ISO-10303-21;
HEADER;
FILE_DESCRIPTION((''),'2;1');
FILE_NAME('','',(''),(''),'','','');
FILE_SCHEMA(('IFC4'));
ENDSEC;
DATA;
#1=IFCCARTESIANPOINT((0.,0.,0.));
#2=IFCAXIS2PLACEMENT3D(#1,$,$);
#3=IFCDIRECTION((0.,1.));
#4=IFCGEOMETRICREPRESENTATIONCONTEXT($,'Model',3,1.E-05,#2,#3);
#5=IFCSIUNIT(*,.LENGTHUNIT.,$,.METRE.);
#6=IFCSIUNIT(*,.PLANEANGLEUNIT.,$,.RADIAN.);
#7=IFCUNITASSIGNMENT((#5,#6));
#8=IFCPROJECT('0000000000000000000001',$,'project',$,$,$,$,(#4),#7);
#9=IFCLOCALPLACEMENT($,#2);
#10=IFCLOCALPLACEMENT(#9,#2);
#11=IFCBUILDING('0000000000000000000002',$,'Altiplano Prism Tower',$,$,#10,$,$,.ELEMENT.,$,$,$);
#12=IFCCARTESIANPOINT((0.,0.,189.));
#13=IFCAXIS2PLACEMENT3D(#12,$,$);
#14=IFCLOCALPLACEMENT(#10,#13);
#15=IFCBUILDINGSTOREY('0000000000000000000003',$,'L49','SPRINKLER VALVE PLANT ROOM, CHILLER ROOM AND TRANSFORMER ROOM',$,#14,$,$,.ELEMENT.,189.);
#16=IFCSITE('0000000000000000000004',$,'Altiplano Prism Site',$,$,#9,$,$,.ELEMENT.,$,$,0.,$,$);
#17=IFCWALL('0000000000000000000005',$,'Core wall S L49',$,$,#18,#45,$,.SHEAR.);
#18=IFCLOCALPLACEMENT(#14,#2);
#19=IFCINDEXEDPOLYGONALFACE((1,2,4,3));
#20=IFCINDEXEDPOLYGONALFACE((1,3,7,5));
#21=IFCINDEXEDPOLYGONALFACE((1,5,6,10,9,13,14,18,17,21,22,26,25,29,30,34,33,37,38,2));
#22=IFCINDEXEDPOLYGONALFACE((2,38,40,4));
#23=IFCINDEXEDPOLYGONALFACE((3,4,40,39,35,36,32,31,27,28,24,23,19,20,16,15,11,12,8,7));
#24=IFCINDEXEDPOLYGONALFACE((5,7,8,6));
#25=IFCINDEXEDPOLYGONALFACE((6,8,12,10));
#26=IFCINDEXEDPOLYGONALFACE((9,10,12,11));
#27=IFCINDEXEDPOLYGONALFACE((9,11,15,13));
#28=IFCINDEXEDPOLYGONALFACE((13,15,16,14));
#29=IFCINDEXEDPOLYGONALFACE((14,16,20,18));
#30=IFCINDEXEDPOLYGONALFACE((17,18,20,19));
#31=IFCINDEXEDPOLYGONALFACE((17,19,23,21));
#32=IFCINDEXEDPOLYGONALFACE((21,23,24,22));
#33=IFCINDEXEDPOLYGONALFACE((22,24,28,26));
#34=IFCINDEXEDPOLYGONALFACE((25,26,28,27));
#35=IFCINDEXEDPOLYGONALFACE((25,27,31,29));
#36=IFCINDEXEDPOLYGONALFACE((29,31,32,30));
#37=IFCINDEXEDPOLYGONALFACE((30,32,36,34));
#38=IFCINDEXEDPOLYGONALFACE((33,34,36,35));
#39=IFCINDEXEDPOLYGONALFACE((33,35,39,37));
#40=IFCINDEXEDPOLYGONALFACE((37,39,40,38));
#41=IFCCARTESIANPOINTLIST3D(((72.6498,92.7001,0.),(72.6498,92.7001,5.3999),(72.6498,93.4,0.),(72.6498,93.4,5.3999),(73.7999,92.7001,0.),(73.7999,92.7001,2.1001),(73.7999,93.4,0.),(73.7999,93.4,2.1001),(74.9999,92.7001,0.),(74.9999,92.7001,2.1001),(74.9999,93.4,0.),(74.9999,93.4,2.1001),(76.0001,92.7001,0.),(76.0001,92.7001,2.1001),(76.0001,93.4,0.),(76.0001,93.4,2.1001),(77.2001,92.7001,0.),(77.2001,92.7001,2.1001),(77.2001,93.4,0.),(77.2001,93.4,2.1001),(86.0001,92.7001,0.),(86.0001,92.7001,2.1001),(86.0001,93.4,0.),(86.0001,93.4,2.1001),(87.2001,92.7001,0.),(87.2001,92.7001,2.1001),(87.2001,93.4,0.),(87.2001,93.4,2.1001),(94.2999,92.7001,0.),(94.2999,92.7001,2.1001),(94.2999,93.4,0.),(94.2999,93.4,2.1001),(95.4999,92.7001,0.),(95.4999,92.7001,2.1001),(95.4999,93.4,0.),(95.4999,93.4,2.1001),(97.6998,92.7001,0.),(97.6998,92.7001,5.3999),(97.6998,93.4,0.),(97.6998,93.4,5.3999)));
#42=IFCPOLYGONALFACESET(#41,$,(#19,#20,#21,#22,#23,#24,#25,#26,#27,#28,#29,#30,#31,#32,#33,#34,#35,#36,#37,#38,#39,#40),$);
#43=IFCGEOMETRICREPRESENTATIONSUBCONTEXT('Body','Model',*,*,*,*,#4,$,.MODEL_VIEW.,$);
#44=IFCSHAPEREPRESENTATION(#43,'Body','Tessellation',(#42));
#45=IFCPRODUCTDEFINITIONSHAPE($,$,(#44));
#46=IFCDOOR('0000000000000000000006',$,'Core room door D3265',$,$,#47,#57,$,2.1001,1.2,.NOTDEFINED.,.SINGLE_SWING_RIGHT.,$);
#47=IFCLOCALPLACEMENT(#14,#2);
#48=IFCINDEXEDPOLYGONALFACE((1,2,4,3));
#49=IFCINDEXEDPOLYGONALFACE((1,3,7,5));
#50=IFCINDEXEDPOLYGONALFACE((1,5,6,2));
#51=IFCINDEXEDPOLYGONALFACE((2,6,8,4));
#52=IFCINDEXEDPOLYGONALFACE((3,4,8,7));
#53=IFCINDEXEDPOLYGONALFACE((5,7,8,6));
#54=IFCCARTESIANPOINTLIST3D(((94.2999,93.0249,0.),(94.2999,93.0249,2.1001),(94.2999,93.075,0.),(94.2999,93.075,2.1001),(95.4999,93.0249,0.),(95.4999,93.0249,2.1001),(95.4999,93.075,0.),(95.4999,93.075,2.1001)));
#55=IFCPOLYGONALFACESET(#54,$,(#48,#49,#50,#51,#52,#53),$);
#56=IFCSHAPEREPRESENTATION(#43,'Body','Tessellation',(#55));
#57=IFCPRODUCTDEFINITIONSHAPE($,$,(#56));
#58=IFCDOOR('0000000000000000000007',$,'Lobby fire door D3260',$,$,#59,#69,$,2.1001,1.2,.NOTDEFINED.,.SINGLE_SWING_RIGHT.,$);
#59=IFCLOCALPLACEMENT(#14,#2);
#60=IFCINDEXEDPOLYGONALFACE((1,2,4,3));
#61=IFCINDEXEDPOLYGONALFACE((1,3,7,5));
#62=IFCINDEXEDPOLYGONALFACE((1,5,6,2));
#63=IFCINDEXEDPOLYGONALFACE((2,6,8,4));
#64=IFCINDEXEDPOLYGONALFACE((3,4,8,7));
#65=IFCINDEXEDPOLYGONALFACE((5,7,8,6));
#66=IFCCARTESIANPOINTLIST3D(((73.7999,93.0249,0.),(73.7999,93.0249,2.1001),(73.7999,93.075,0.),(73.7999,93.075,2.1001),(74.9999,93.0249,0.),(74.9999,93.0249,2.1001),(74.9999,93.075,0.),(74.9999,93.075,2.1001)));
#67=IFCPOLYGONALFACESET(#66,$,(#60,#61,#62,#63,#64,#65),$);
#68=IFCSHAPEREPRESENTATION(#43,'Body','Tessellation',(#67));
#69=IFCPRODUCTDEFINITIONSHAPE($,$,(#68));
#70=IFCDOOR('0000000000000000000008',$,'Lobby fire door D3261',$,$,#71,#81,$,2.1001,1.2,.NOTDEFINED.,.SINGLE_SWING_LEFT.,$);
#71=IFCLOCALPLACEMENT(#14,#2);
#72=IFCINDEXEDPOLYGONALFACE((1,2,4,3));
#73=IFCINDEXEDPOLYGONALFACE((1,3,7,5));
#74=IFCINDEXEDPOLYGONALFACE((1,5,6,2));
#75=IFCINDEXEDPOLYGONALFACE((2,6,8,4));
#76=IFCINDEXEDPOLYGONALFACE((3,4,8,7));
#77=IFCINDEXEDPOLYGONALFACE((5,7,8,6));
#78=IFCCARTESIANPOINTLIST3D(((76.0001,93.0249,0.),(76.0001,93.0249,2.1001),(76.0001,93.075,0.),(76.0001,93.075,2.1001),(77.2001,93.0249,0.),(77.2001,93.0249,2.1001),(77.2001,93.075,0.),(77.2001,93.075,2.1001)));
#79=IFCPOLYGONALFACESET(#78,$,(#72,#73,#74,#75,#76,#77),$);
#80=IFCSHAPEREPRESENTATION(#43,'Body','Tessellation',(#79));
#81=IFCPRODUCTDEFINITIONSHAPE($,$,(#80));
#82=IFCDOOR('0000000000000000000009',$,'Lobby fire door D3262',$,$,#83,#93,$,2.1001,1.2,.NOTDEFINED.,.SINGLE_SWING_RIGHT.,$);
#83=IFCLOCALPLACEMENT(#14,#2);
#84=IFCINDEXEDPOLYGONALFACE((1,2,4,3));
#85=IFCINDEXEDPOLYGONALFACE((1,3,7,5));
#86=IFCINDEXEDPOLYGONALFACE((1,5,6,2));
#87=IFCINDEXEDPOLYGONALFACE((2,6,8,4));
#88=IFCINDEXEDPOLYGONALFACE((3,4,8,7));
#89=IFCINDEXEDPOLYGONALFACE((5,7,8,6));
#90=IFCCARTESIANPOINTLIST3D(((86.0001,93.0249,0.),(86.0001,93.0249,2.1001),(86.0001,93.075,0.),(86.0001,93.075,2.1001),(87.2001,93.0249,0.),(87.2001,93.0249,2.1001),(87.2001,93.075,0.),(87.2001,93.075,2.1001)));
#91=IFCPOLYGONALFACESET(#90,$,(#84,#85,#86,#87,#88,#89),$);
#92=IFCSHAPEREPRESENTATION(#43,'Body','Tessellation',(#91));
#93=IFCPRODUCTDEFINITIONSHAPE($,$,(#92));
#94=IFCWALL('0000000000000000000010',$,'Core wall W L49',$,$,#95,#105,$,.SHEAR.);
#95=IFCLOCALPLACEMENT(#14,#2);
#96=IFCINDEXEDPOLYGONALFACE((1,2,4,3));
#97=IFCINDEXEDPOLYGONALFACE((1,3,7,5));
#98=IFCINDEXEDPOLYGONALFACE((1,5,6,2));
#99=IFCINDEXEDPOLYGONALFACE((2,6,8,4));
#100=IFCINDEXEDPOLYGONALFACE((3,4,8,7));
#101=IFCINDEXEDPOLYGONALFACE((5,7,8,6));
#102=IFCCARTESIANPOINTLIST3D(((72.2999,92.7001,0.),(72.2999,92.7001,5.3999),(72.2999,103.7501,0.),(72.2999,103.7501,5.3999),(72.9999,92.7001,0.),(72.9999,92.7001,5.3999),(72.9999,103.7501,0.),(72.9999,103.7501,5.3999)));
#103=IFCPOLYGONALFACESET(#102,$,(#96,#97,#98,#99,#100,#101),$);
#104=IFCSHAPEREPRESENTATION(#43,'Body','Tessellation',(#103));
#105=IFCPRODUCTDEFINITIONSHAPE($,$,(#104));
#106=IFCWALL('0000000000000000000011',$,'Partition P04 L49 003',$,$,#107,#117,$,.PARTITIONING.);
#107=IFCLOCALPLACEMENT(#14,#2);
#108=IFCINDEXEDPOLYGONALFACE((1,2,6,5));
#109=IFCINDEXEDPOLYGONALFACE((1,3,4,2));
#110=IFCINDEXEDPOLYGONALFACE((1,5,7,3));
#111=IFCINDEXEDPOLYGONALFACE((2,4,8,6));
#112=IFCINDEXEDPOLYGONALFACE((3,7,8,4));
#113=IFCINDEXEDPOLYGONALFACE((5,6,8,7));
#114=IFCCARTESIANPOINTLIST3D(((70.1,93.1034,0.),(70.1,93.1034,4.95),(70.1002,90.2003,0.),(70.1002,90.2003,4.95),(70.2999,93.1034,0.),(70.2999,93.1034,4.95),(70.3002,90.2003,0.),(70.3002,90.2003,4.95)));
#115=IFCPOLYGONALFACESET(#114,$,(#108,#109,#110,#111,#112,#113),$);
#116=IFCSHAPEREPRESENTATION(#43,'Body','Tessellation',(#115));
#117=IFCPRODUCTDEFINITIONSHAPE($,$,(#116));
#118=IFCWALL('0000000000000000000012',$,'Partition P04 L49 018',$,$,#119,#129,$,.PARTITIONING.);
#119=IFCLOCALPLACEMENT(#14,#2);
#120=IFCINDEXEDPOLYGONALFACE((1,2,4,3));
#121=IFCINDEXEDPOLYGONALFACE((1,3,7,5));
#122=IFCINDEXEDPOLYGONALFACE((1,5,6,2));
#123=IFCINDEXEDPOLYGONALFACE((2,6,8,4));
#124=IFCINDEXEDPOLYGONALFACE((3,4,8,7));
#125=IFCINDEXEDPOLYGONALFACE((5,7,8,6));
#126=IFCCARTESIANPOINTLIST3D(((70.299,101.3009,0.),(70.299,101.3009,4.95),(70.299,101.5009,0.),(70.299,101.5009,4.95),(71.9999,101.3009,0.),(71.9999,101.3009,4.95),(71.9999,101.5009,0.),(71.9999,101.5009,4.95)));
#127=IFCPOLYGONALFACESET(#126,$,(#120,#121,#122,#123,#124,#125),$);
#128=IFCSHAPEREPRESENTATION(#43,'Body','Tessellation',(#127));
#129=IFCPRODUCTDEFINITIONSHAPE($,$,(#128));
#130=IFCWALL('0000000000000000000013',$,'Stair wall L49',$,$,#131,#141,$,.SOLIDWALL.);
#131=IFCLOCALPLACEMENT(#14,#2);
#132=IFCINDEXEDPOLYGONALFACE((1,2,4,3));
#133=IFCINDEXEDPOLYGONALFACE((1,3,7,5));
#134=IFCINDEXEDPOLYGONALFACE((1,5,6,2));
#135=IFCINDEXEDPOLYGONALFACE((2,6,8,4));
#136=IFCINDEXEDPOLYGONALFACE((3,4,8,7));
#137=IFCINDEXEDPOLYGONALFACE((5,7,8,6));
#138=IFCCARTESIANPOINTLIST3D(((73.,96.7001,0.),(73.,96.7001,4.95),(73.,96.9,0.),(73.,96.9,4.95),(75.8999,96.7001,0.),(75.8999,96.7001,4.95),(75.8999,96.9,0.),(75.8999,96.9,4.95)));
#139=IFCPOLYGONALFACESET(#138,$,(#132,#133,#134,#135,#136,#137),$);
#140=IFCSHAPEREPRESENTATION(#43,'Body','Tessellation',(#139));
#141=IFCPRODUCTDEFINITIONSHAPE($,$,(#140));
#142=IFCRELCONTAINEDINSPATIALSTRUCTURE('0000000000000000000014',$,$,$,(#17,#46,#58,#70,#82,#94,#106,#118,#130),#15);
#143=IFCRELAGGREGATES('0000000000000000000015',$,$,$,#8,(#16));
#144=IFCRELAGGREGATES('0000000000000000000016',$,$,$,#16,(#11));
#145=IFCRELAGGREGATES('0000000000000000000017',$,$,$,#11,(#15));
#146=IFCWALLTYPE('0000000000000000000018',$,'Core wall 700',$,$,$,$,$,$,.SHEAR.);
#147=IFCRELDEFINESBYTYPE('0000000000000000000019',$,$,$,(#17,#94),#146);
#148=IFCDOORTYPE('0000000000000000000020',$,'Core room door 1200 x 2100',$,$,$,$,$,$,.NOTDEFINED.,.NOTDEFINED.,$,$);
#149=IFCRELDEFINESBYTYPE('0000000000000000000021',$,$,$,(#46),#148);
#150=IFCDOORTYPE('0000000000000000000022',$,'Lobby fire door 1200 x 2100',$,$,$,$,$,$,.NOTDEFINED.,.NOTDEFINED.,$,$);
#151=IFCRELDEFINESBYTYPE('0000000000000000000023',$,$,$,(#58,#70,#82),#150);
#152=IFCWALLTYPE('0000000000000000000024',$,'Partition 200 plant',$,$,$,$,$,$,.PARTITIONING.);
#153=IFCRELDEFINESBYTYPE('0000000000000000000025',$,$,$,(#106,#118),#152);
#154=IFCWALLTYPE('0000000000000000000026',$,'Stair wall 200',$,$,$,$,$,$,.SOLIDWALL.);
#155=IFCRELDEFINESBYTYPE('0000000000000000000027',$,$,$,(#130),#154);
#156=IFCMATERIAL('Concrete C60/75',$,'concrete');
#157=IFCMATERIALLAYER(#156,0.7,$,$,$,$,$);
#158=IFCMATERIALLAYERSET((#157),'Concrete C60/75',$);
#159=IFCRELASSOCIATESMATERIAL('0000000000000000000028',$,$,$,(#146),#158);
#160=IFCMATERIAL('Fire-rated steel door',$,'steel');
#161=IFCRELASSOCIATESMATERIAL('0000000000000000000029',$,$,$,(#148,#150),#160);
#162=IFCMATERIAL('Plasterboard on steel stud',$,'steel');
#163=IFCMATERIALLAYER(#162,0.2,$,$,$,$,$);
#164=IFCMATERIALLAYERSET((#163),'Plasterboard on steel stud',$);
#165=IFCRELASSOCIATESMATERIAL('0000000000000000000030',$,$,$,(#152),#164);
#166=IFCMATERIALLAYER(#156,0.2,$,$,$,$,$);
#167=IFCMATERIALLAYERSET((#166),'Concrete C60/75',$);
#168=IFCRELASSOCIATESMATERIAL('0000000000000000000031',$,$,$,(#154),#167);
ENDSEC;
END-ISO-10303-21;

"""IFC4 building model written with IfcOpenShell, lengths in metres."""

from ifc_helpers import new_model, si_unit, direction, frame, frame_2d, origin, place, context, subcontext, project, spatial, rectangle, extrude, material, layer, layer_set, type_object, element, fill, save


model = new_model("IFC4")

# Units and contexts
model_context = context("Model", 3, precision=1e-05, world=origin(), true_north=direction((0.0, 1.0)))
body_context = subcontext(model_context, "Body", "Model", "MODEL_VIEW")
ifc_project = project(units=[si_unit("LENGTHUNIT", "METRE"), si_unit("PLANEANGLEUNIT", "RADIAN")], contexts=[model_context])

# Site, building, storey
site_placement = place(None, origin())
site = spatial("IfcSite", under=ifc_project, at=site_placement, Name="Altiplano Prism Site", CompositionType="ELEMENT", RefElevation=0.0)
building_placement = place(site_placement, origin())
building = spatial("IfcBuilding", under=site, at=building_placement, Name="Altiplano Prism Tower", CompositionType="ELEMENT")
storey_placement = place(building_placement, frame((0.0, 0.0, 189.0)))
storey = spatial("IfcBuildingStorey", under=building, at=storey_placement, Name="L49", Description="SPRINKLER VALVE PLANT ROOM, CHILLER ROOM AND TRANSFORMER ROOM", CompositionType="ELEMENT", Elevation=189.0)

# Shared definitions
ifc_material_1 = material(Name="Concrete C60/75", Category="concrete")

# Wall, openings, doors
ifc_layer_1 = layer(ifc_material_1, 0.7)
ifc_layer_set_1 = layer_set([ifc_layer_1], Name="Concrete C60/75")
wall_type_1 = type_object("IfcWallType", Name="Core wall 700", PredefinedType="SHEAR", material=ifc_layer_set_1)
wall_1_placement = place(storey_placement, frame((72.6499, 93.05, 0.0), z_axis=(0.0, 0.0, 1.0), x_axis=(1.0, 0.0, 0.0)))
wall_1 = element("IfcWall", 1, at=wall_1_placement, inside=storey, type_object=wall_type_1, Name="Core wall S L49", PredefinedType="SHEAR", context=body_context, shape_type="SweptSolid", body=[
    extrude(rectangle(XDim=25.05, YDim=0.7, at=frame_2d((12.5249, 0.0))), origin(), (0.0, 0.0, 1.0), 5.3999),
])
opening_1_placement = place(wall_1_placement, frame((1.1499, 0.0, 0.0)))
opening_1 = element("IfcOpeningElement", 2, at=opening_1_placement, cuts=wall_1, PredefinedType="OPENING", context=body_context, shape_type="SweptSolid", body=[
    extrude(rectangle(XDim=1.2, YDim=2.1001, at=frame_2d((0.6001, 1.05))), frame((0.0, 0.3604, 0.0), z_axis=(0.0, -1.0, 0.0), x_axis=(1.0, 0.0, 0.0)), (0.0, 0.0, 1.0), 0.7209),
])
opening_2_placement = place(wall_1_placement, frame((3.3501, 0.0, 0.0)))
opening_2 = element("IfcOpeningElement", 3, at=opening_2_placement, cuts=wall_1, PredefinedType="OPENING", context=body_context, shape_type="SweptSolid", body=[
    extrude(rectangle(XDim=1.2, YDim=2.1001, at=frame_2d((0.6001, 1.05))), frame((0.0, 0.3604, 0.0), z_axis=(0.0, -1.0, 0.0), x_axis=(1.0, 0.0, 0.0)), (0.0, 0.0, 1.0), 0.7209),
])
opening_3_placement = place(wall_1_placement, frame((13.3501, 0.0, 0.0)))
opening_3 = element("IfcOpeningElement", 4, at=opening_3_placement, cuts=wall_1, PredefinedType="OPENING", context=body_context, shape_type="SweptSolid", body=[
    extrude(rectangle(XDim=1.2, YDim=2.1001, at=frame_2d((0.6001, 1.05))), frame((0.0, 0.3604, 0.0), z_axis=(0.0, -1.0, 0.0), x_axis=(1.0, 0.0, 0.0)), (0.0, 0.0, 1.0), 0.7209),
])
opening_4_placement = place(wall_1_placement, frame((21.6499, 0.0, 0.0)))
opening_4 = element("IfcOpeningElement", 5, at=opening_4_placement, cuts=wall_1, PredefinedType="OPENING", context=body_context, shape_type="SweptSolid", body=[
    extrude(rectangle(XDim=1.2, YDim=2.1001, at=frame_2d((0.6001, 1.05))), frame((0.0, 0.3604, 0.0), z_axis=(0.0, -1.0, 0.0), x_axis=(1.0, 0.0, 0.0)), (0.0, 0.0, 1.0), 0.7209),
])
ifc_material_2 = material(Name="Fire-rated steel door", Category="steel")
door_type_1 = type_object("IfcDoorType", Name="Core room door 1200 x 2100", OperationType="NOTDEFINED", PredefinedType="NOTDEFINED", material=ifc_material_2)
door_1_placement = place(opening_4_placement, origin())
door_1 = element("IfcDoor", 6, at=door_1_placement, inside=storey, type_object=door_type_1, Name="Core room door D3265", OperationType="SINGLE_SWING_RIGHT", OverallHeight=2.1001, OverallWidth=1.2, PredefinedType="NOTDEFINED", context=body_context, shape_type="SweptSolid", body=[
    extrude(rectangle(XDim=1.2, YDim=2.1001, at=frame_2d((0.6001, 1.05))), frame((0.0, 0.0249, 0.0), z_axis=(0.0, -1.0, 0.0), x_axis=(1.0, 0.0, 0.0)), (0.0, 0.0, 1.0), 0.05),
])
fill(opening_4, door_1)
door_type_2 = type_object("IfcDoorType", Name="Lobby fire door 1200 x 2100", OperationType="NOTDEFINED", PredefinedType="NOTDEFINED", material=ifc_material_2)
door_2_placement = place(opening_1_placement, origin())
door_2 = element("IfcDoor", 7, at=door_2_placement, inside=storey, type_object=door_type_2, Name="Lobby fire door D3260", OperationType="SINGLE_SWING_RIGHT", OverallHeight=2.1001, OverallWidth=1.2, PredefinedType="NOTDEFINED", context=body_context, shape_type="SweptSolid", body=[
    extrude(rectangle(XDim=1.2, YDim=2.1001, at=frame_2d((0.6001, 1.05))), frame((0.0, 0.0249, 0.0), z_axis=(0.0, -1.0, 0.0), x_axis=(1.0, 0.0, 0.0)), (0.0, 0.0, 1.0), 0.05),
])
fill(opening_1, door_2)
door_3_placement = place(opening_2_placement, origin())
door_3 = element("IfcDoor", 8, at=door_3_placement, inside=storey, type_object=door_type_2, Name="Lobby fire door D3261", OperationType="SINGLE_SWING_LEFT", OverallHeight=2.1001, OverallWidth=1.2, PredefinedType="NOTDEFINED", context=body_context, shape_type="SweptSolid", body=[
    extrude(rectangle(XDim=1.2, YDim=2.1001, at=frame_2d((0.6001, 1.05))), frame((0.0, 0.0249, 0.0), z_axis=(0.0, -1.0, 0.0), x_axis=(1.0, 0.0, 0.0)), (0.0, 0.0, 1.0), 0.05),
])
fill(opening_2, door_3)
door_4_placement = place(opening_3_placement, origin())
door_4 = element("IfcDoor", 9, at=door_4_placement, inside=storey, type_object=door_type_2, Name="Lobby fire door D3262", OperationType="SINGLE_SWING_RIGHT", OverallHeight=2.1001, OverallWidth=1.2, PredefinedType="NOTDEFINED", context=body_context, shape_type="SweptSolid", body=[
    extrude(rectangle(XDim=1.2, YDim=2.1001, at=frame_2d((0.6001, 1.05))), frame((0.0, 0.0249, 0.0), z_axis=(0.0, -1.0, 0.0), x_axis=(1.0, 0.0, 0.0)), (0.0, 0.0, 1.0), 0.05),
])
fill(opening_3, door_4)

# Walls
wall_2_placement = place(storey_placement, frame((72.6499, 103.75, 0.0), z_axis=(0.0, 0.0, 1.0), x_axis=(0.0, -1.0, 0.0)))
element("IfcWall", 10, at=wall_2_placement, inside=storey, type_object=wall_type_1, Name="Core wall W L49", PredefinedType="SHEAR", context=body_context, shape_type="SweptSolid", body=[
    extrude(rectangle(XDim=11.05, YDim=0.7, at=frame_2d((5.5249, 0.0))), origin(), (0.0, 0.0, 1.0), 5.3999),
])
ifc_material_3 = material(Name="Plasterboard on steel stud", Category="steel")
ifc_layer_2 = layer(ifc_material_3, 0.2)
ifc_layer_set_2 = layer_set([ifc_layer_2], Name="Plasterboard on steel stud")
wall_type_2 = type_object("IfcWallType", Name="Partition 200 plant", PredefinedType="PARTITIONING", material=ifc_layer_set_2)
wall_3_placement = place(storey_placement, frame((70.2, 93.1035, 0.0), z_axis=(0.0, 0.0, 1.0), x_axis=(0.000084, -1.0, 0.0)))
element("IfcWall", 11, at=wall_3_placement, inside=storey, type_object=wall_type_2, Name="Partition P04 L49 003", PredefinedType="PARTITIONING", context=body_context, shape_type="SweptSolid", body=[
    extrude(rectangle(XDim=2.9031, YDim=0.2, at=frame_2d((1.4517, 0.0))), origin(), (0.0, 0.0, 1.0), 4.95),
])
wall_4_placement = place(storey_placement, frame((72.0, 101.4009, 0.0), z_axis=(0.0, 0.0, 1.0), x_axis=(-1.0, 0.0, 0.0)))
element("IfcWall", 12, at=wall_4_placement, inside=storey, type_object=wall_type_2, Name="Partition P04 L49 018", PredefinedType="PARTITIONING", context=body_context, shape_type="SweptSolid", body=[
    extrude(rectangle(XDim=1.7009, YDim=0.2, at=frame_2d((0.8506, 0.0))), origin(), (0.0, 0.0, 1.0), 4.95),
])

# Wall
ifc_layer_3 = layer(ifc_material_1, 0.2)
ifc_layer_set_3 = layer_set([ifc_layer_3], Name="Concrete C60/75")
wall_type_3 = type_object("IfcWallType", Name="Stair wall 200", PredefinedType="SOLIDWALL", material=ifc_layer_set_3)
wall_5_placement = place(storey_placement, frame((73.0, 96.8, 0.0), z_axis=(0.0, 0.0, 1.0), x_axis=(1.0, 0.0, 0.0)))
element("IfcWall", 13, at=wall_5_placement, inside=storey, type_object=wall_type_3, Name="Stair wall L49", PredefinedType="SOLIDWALL", context=body_context, shape_type="SweptSolid", body=[
    extrude(rectangle(XDim=2.8999, YDim=0.2, at=frame_2d((1.45, 0.0))), origin(), (0.0, 0.0, 1.0), 4.95),
])

save(model, "model.ifc")
